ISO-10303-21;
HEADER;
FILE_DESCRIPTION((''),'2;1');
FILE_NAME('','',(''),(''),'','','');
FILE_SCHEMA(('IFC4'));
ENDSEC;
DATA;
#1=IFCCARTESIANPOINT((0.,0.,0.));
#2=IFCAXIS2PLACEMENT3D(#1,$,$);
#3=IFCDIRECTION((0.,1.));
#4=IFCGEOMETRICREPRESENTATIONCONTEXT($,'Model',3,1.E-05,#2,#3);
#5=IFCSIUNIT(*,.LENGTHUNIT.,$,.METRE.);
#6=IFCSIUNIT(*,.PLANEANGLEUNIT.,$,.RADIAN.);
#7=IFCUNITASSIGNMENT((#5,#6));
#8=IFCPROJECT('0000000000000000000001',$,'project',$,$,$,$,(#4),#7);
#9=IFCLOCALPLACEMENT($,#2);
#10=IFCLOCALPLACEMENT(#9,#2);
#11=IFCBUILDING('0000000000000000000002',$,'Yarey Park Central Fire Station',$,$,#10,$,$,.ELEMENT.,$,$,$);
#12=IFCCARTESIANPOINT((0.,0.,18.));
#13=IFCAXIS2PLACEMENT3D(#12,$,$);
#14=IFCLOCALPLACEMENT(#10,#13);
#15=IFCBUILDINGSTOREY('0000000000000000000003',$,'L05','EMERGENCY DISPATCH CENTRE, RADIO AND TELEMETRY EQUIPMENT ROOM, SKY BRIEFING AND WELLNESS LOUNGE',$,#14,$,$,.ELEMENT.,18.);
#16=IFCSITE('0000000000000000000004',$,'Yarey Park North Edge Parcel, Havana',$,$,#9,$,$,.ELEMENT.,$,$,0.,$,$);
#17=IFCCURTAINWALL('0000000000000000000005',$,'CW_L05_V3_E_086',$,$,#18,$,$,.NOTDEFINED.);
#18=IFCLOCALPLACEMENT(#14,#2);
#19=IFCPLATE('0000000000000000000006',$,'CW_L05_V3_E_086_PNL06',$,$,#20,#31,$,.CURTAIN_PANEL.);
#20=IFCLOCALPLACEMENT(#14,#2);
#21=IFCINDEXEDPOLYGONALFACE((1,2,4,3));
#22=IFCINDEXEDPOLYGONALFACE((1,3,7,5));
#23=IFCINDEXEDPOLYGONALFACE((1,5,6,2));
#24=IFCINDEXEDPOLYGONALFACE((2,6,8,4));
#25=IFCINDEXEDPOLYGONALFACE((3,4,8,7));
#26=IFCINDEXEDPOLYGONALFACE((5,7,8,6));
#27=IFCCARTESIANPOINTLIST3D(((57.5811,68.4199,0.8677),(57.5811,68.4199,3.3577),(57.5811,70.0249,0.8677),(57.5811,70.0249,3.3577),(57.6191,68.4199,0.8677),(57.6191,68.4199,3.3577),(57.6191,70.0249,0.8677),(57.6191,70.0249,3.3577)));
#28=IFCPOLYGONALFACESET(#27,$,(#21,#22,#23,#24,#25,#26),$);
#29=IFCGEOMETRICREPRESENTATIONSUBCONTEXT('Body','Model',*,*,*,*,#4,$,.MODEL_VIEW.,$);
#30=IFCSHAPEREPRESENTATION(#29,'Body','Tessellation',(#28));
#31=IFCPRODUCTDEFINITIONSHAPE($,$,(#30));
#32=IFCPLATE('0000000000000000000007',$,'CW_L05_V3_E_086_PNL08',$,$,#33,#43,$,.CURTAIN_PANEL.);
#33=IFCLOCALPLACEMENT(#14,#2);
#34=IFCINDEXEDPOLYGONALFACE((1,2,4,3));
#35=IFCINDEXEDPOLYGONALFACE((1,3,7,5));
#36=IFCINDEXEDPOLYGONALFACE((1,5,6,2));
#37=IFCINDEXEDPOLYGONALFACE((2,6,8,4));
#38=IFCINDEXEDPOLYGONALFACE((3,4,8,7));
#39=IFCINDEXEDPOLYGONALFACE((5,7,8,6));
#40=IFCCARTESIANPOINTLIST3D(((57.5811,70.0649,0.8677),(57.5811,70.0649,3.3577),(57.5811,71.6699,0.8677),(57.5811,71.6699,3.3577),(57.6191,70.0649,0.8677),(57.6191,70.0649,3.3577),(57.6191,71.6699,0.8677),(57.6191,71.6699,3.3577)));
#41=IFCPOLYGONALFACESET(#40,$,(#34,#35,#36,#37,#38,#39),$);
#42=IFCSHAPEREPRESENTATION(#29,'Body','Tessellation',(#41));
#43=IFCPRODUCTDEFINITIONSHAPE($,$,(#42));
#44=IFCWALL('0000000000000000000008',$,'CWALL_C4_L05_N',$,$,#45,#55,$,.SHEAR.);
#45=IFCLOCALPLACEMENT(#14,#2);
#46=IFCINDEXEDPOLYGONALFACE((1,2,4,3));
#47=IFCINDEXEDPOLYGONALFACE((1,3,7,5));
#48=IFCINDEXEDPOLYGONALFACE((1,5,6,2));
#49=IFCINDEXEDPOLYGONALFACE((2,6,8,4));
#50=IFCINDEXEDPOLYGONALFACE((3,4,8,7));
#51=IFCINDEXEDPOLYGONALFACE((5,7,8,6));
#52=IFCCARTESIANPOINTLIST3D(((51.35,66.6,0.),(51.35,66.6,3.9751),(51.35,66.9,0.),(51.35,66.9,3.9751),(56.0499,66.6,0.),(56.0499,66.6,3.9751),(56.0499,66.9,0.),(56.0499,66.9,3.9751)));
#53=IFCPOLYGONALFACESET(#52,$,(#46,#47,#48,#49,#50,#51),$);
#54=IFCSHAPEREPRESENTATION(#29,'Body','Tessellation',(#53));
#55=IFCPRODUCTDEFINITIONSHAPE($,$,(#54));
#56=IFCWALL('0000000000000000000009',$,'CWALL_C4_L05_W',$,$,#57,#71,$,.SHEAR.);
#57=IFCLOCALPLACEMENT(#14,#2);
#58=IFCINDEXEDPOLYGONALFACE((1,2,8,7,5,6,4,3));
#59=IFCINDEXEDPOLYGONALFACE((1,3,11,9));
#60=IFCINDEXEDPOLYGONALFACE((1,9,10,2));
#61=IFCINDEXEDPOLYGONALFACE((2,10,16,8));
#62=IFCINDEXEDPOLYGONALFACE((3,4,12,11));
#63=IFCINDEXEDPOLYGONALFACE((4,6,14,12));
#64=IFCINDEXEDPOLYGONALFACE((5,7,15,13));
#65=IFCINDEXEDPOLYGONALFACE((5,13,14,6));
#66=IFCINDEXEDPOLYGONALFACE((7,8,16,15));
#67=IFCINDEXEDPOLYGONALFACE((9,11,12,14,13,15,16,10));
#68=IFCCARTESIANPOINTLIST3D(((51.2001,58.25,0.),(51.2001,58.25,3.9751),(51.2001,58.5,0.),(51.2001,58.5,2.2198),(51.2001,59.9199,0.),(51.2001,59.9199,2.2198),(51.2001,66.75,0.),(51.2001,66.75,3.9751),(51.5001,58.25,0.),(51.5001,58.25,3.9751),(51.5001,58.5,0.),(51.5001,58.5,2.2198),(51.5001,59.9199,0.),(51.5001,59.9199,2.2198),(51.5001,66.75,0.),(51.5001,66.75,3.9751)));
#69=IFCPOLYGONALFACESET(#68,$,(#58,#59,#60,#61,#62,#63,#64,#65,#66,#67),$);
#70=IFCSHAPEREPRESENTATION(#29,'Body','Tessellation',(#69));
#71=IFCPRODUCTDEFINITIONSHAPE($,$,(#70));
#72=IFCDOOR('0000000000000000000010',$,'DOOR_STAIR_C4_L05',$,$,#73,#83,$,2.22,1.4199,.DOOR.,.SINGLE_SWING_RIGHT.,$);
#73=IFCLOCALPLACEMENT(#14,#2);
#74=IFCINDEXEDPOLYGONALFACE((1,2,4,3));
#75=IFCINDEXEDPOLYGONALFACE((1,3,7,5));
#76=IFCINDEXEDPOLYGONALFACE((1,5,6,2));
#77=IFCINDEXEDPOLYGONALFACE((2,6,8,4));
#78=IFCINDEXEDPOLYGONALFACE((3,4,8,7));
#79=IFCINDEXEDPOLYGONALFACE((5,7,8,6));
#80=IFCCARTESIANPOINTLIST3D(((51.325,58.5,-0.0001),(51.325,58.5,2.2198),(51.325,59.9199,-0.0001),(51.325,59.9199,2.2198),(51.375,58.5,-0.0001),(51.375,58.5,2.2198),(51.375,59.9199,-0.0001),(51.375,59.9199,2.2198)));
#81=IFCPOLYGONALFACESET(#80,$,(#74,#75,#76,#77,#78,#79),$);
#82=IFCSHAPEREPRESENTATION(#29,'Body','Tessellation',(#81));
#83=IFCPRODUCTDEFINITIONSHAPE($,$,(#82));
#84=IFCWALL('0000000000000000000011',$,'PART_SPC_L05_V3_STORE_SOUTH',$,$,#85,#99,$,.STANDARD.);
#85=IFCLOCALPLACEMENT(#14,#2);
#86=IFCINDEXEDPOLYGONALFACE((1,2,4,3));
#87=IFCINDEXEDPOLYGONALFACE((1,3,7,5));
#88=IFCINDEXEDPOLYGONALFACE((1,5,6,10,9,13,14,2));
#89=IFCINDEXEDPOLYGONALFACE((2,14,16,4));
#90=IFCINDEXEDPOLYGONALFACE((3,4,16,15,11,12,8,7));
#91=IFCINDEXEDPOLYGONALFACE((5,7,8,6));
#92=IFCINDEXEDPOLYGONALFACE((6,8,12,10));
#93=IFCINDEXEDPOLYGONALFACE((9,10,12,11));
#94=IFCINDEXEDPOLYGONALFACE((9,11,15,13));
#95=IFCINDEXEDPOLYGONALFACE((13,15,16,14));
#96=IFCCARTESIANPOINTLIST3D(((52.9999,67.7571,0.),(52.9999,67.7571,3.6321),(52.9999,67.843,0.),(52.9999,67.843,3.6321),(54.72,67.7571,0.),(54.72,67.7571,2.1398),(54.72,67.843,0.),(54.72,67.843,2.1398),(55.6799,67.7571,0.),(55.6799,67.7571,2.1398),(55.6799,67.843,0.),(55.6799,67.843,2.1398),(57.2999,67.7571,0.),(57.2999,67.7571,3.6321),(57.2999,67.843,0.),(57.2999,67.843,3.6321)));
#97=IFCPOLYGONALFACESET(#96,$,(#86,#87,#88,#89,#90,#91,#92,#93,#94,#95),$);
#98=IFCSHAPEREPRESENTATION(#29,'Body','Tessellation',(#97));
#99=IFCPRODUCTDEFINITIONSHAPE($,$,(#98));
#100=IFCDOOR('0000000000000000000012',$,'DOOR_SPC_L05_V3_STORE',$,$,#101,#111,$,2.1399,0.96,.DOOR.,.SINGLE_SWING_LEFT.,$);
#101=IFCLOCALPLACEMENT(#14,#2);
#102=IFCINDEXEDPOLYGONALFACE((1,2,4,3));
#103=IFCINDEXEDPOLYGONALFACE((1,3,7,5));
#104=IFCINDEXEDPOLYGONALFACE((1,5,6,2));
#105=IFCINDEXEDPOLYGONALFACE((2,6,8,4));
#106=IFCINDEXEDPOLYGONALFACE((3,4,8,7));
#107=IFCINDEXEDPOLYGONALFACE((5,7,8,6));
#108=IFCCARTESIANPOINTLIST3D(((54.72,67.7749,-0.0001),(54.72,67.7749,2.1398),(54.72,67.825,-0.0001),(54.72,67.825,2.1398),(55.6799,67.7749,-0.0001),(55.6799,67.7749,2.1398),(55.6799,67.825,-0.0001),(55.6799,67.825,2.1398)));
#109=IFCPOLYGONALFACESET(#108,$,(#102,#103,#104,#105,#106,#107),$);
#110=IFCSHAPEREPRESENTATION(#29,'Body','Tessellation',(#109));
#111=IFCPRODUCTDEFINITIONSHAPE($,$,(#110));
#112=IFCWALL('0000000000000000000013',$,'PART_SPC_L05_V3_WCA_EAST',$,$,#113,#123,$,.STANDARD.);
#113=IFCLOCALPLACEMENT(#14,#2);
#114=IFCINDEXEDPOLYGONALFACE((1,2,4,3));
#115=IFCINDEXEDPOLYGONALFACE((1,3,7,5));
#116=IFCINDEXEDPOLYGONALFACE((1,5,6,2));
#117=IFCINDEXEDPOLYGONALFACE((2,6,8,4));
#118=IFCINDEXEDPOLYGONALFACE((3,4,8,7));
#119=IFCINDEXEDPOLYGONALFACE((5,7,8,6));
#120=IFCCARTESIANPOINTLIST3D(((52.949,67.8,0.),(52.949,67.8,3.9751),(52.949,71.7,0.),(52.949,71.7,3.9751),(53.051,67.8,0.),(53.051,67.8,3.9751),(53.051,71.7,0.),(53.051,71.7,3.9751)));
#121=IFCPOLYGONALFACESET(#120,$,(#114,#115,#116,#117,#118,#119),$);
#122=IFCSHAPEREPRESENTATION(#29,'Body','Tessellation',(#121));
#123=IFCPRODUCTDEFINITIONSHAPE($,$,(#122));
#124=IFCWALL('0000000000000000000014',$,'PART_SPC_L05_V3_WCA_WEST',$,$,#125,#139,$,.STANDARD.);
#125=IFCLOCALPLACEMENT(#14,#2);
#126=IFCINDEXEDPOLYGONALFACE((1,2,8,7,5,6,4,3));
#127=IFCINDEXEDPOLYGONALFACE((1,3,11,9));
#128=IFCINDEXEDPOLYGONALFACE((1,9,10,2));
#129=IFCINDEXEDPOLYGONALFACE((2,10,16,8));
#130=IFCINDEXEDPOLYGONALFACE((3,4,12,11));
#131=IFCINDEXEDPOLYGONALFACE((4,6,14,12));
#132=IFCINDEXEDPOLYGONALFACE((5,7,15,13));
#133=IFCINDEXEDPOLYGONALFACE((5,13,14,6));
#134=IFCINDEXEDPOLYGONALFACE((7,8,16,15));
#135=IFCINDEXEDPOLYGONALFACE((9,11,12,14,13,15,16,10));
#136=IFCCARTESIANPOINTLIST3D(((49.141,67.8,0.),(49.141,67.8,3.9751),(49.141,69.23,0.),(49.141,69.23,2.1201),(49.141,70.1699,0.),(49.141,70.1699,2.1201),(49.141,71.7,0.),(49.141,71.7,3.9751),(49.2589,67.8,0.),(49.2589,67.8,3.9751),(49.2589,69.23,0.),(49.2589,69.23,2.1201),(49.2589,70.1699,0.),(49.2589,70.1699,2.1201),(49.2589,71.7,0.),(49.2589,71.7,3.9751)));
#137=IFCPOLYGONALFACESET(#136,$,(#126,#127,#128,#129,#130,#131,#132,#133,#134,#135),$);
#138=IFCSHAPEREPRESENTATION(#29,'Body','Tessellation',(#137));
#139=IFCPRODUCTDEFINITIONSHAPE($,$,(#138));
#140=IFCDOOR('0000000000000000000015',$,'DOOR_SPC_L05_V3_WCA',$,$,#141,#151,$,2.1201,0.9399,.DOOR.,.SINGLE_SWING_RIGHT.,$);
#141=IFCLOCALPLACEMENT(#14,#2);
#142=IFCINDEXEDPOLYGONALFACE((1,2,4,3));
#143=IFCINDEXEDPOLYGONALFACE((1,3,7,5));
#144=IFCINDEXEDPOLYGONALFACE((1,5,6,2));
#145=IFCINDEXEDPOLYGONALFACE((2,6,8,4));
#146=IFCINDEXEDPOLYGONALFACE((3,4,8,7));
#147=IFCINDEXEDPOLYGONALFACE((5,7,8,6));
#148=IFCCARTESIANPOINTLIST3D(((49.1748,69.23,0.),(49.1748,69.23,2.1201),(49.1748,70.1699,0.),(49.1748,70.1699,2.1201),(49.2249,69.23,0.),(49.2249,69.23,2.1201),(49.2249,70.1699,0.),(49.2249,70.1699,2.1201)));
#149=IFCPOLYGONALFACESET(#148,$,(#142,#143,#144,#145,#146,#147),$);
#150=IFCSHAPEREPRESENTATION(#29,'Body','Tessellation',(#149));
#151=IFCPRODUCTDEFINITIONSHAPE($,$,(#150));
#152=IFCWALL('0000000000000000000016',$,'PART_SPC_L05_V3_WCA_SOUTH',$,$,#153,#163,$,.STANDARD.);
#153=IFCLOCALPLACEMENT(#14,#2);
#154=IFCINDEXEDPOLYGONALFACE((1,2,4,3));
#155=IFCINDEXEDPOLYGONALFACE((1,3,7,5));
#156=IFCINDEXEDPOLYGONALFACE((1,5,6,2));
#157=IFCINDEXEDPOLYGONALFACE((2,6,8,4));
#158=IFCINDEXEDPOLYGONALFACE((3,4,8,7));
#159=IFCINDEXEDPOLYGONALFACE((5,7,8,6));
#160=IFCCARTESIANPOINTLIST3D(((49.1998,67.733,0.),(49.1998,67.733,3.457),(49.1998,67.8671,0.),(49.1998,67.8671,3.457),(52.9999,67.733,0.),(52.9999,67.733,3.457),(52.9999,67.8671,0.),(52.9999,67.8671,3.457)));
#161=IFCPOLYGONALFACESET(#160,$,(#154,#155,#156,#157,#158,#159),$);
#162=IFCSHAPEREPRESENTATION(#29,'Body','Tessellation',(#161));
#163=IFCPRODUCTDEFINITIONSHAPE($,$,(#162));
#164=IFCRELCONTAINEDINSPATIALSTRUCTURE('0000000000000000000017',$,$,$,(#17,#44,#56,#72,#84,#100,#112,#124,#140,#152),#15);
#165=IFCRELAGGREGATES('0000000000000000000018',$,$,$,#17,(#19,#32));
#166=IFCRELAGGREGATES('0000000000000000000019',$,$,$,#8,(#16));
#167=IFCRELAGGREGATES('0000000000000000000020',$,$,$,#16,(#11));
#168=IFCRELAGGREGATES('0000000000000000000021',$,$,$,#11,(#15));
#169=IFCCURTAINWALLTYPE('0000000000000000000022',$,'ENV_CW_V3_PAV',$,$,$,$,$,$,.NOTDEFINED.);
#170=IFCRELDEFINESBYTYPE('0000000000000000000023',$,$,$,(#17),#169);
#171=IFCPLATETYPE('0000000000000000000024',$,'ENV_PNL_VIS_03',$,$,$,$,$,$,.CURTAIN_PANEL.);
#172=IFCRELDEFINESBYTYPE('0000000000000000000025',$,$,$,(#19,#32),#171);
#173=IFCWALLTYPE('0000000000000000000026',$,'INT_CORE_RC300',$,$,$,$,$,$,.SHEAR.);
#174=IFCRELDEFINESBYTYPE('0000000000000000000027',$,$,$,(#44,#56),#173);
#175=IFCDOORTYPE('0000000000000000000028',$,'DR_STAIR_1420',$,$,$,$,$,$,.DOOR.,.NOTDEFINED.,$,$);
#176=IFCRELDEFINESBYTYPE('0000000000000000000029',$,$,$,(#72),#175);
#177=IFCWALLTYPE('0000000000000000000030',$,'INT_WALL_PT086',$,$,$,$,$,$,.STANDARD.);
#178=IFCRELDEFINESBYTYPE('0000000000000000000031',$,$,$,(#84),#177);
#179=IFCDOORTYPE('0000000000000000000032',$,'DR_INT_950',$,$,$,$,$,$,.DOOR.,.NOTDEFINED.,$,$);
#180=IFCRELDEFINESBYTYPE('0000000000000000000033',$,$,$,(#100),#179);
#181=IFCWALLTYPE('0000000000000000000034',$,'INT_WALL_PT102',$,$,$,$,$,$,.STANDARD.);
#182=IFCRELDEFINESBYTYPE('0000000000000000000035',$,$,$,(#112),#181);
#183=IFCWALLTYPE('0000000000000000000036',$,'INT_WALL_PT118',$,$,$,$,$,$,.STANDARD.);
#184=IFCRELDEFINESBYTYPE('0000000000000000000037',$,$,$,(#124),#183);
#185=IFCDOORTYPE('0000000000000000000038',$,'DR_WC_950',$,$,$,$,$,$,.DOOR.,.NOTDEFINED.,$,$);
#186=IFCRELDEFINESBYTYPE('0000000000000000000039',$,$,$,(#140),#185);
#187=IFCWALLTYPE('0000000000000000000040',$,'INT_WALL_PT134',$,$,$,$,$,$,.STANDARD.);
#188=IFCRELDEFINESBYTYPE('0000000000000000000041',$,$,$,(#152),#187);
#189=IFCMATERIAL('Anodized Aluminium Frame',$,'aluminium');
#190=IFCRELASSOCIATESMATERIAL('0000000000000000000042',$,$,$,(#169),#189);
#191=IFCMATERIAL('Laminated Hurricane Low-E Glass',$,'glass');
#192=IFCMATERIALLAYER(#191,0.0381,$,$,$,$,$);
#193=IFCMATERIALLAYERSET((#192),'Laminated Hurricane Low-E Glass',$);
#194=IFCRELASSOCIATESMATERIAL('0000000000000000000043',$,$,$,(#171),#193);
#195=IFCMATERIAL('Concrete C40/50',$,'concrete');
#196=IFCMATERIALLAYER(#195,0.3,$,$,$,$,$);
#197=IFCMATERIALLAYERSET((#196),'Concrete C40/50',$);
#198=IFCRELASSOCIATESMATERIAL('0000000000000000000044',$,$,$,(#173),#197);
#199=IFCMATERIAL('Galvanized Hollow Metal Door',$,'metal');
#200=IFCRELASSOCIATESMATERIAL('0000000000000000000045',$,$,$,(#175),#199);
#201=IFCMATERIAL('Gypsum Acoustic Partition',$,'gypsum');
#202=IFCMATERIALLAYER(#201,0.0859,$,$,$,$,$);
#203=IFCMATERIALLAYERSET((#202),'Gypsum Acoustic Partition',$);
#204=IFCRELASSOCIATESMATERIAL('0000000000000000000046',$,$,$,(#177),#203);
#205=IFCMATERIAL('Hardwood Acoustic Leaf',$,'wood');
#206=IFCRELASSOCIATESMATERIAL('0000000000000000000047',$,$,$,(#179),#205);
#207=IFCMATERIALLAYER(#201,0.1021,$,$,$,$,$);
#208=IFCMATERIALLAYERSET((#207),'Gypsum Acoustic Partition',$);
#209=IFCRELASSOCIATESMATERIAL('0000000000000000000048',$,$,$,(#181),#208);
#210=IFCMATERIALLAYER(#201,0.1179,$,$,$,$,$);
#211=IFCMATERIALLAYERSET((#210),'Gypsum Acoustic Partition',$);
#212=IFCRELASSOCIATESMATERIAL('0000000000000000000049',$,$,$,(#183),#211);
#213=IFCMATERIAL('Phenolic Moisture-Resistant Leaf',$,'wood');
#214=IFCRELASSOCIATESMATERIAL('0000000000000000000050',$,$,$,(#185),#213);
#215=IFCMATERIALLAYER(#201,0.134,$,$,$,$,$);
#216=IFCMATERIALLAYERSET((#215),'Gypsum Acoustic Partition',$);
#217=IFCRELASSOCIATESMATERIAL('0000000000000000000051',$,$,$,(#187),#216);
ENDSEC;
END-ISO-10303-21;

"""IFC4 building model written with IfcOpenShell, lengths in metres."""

from ifc_helpers import new_model, si_unit, direction, frame, frame_2d, origin, origin_2d, place, context, subcontext, project, spatial, rectangle, extrude, material, layer, layer_set, type_object, element, fill, aggregate, save


model = new_model("IFC4")

# Units and contexts
model_context = context("Model", 3, precision=1e-05, world=origin(), true_north=direction((0.0, 1.0)))
body_context = subcontext(model_context, "Body", "Model", "MODEL_VIEW")
ifc_project = project(units=[si_unit("LENGTHUNIT", "METRE"), si_unit("PLANEANGLEUNIT", "RADIAN")], contexts=[model_context])

# Site, building, storey
site_placement = place(None, origin())
site = spatial("IfcSite", under=ifc_project, at=site_placement, Name="Yarey Park North Edge Parcel, Havana", CompositionType="ELEMENT", RefElevation=0.0)
building_placement = place(site_placement, origin())
building = spatial("IfcBuilding", under=site, at=building_placement, Name="Yarey Park Central Fire Station", CompositionType="ELEMENT")
storey_placement = place(building_placement, frame((0.0, 0.0, 18.0)))
storey = spatial("IfcBuildingStorey", under=building, at=storey_placement, Name="L05", Description="EMERGENCY DISPATCH CENTRE, RADIO AND TELEMETRY EQUIPMENT ROOM, SKY BRIEFING AND WELLNESS LOUNGE", CompositionType="ELEMENT", Elevation=18.0)

# Curtain wall, plates
ifc_material_1 = material(Name="Anodized Aluminium Frame", Category="aluminium")
curtain_wall_type = type_object("IfcCurtainWallType", Name="ENV_CW_V3_PAV", PredefinedType="NOTDEFINED", material=ifc_material_1)
curtain_wall_placement = place(storey_placement, origin())
curtain_wall = element("IfcCurtainWall", 1, at=curtain_wall_placement, inside=storey, type_object=curtain_wall_type, Name="CW_L05_V3_E_086", PredefinedType="NOTDEFINED")
ifc_material_2 = material(Name="Laminated Hurricane Low-E Glass", Category="glass")
ifc_layer_1 = layer(ifc_material_2, 0.0381)
ifc_layer_set_1 = layer_set([ifc_layer_1], Name="Laminated Hurricane Low-E Glass")
plate_type_1 = type_object("IfcPlateType", Name="ENV_PNL_VIS_03", PredefinedType="CURTAIN_PANEL", material=ifc_layer_set_1)
plate_1_placement = place(storey_placement, frame((57.6001, 69.2224, 0.8677), z_axis=(0.0, 0.0, 1.0), x_axis=(0.0, 1.0, 0.0)))
plate_1 = element("IfcPlate", 2, at=plate_1_placement, type_object=plate_type_1, Name="CW_L05_V3_E_086_PNL06", PredefinedType="CURTAIN_PANEL", context=body_context, shape_type="SweptSolid", body=[
    extrude(rectangle(XDim=1.605, YDim=0.0381, at=origin_2d()), origin(), (0.0, 0.0, 1.0), 2.49),
])
plate_2_placement = place(storey_placement, frame((57.6001, 70.8674, 0.8677), z_axis=(0.0, 0.0, 1.0), x_axis=(0.0, 1.0, 0.0)))
plate_2 = element("IfcPlate", 3, at=plate_2_placement, type_object=plate_type_1, Name="CW_L05_V3_E_086_PNL08", PredefinedType="CURTAIN_PANEL", context=body_context, shape_type="SweptSolid", body=[
    extrude(rectangle(XDim=1.605, YDim=0.0381, at=origin_2d()), origin(), (0.0, 0.0, 1.0), 2.49),
])
aggregate(curtain_wall, [plate_1, plate_2])

# Wall
ifc_material_3 = material(Name="Concrete C40/50", Category="concrete")
ifc_layer_2 = layer(ifc_material_3, 0.3)
ifc_layer_set_2 = layer_set([ifc_layer_2], Name="Concrete C40/50")
wall_type_1 = type_object("IfcWallType", Name="INT_CORE_RC300", PredefinedType="SHEAR", material=ifc_layer_set_2)
wall_1_placement = place(storey_placement, frame((56.05, 66.75, 0.0), z_axis=(0.0, 0.0, 1.0), x_axis=(-1.0, 0.0, 0.0)))
element("IfcWall", 4, at=wall_1_placement, inside=storey, type_object=wall_type_1, Name="CWALL_C4_L05_N", PredefinedType="SHEAR", context=body_context, shape_type="SweptSolid", body=[
    extrude(rectangle(XDim=4.7, YDim=0.3, at=frame_2d((2.3501, 0.0))), origin(), (0.0, 0.0, 1.0), 3.9751),
])

# Walls, openings, doors
wall_2_placement = place(storey_placement, frame((51.3501, 66.75, 0.0), z_axis=(0.0, 0.0, 1.0), x_axis=(0.0, -1.0, 0.0)))
wall_2 = element("IfcWall", 5, at=wall_2_placement, inside=storey, type_object=wall_type_1, Name="CWALL_C4_L05_W", PredefinedType="SHEAR", context=body_context, shape_type="SweptSolid", body=[
    extrude(rectangle(XDim=8.5, YDim=0.3, at=frame_2d((4.25, 0.0))), origin(), (0.0, 0.0, 1.0), 3.9751),
])
opening_1_placement = place(wall_2_placement, frame((6.8301, 0.0, 0.0)))
opening_1 = element("IfcOpeningElement", 6, at=opening_1_placement, cuts=wall_2, PredefinedType="OPENING", context=body_context, shape_type="SweptSolid", body=[
    extrude(rectangle(XDim=1.4199, YDim=2.22, at=frame_2d((0.71, 1.1099))), frame((0.0, 0.1599, 0.0), z_axis=(0.0, -1.0, 0.0), x_axis=(1.0, 0.0, 0.0)), (0.0, 0.0, 1.0), 0.3201),
])
ifc_material_4 = material(Name="Galvanized Hollow Metal Door", Category="metal")
door_type_1 = type_object("IfcDoorType", Name="DR_STAIR_1420", OperationType="NOTDEFINED", PredefinedType="DOOR", material=ifc_material_4)
door_1_placement = place(opening_1_placement, origin())
door_1 = element("IfcDoor", 7, at=door_1_placement, inside=storey, type_object=door_type_1, Name="DOOR_STAIR_C4_L05", OperationType="SINGLE_SWING_RIGHT", OverallHeight=2.22, OverallWidth=1.4199, PredefinedType="DOOR", context=body_context, shape_type="SweptSolid", body=[
    extrude(rectangle(XDim=1.4199, YDim=2.22, at=frame_2d((0.71, 1.1099))), frame((0.0, 0.0249, 0.0), z_axis=(0.0, -1.0, 0.0), x_axis=(1.0, 0.0, 0.0)), (0.0, 0.0, 1.0), 0.05),
])
fill(opening_1, door_1)
ifc_material_5 = material(Name="Gypsum Acoustic Partition", Category="gypsum")
ifc_layer_3 = layer(ifc_material_5, 0.0859)
ifc_layer_set_3 = layer_set([ifc_layer_3], Name="Gypsum Acoustic Partition")
wall_type_2 = type_object("IfcWallType", Name="INT_WALL_PT086", PredefinedType="STANDARD", material=ifc_layer_set_3)
wall_3_placement = place(storey_placement, frame((53.0, 67.8, 0.0), z_axis=(0.0, 0.0, 1.0), x_axis=(1.0, 0.0, 0.0)))
wall_3 = element("IfcWall", 8, at=wall_3_placement, inside=storey, type_object=wall_type_2, Name="PART_SPC_L05_V3_STORE_SOUTH", PredefinedType="STANDARD", context=body_context, shape_type="SweptSolid", body=[
    extrude(rectangle(XDim=4.3, YDim=0.0859, at=frame_2d((2.1499, 0.0))), origin(), (0.0, 0.0, 1.0), 3.6321),
])
opening_2_placement = place(wall_3_placement, frame((1.72, 0.0, 0.0)))
opening_2 = element("IfcOpeningElement", 9, at=opening_2_placement, cuts=wall_3, PredefinedType="OPENING", context=body_context, shape_type="SweptSolid", body=[
    extrude(rectangle(XDim=0.96, YDim=2.1399, at=frame_2d((0.48, 1.0698))), frame((0.0, 0.053, 0.0), z_axis=(0.0, -1.0, 0.0), x_axis=(1.0, 0.0, 0.0)), (0.0, 0.0, 1.0), 0.106),
])
ifc_material_6 = material(Name="Hardwood Acoustic Leaf", Category="wood")
door_type_2 = type_object("IfcDoorType", Name="DR_INT_950", OperationType="NOTDEFINED", PredefinedType="DOOR", material=ifc_material_6)
door_2_placement = place(opening_2_placement, origin())
door_2 = element("IfcDoor", 10, at=door_2_placement, inside=storey, type_object=door_type_2, Name="DOOR_SPC_L05_V3_STORE", OperationType="SINGLE_SWING_LEFT", OverallHeight=2.1399, OverallWidth=0.96, PredefinedType="DOOR", context=body_context, shape_type="SweptSolid", body=[
    extrude(rectangle(XDim=0.96, YDim=2.1399, at=frame_2d((0.48, 1.0698))), frame((0.0, 0.0249, 0.0), z_axis=(0.0, -1.0, 0.0), x_axis=(1.0, 0.0, 0.0)), (0.0, 0.0, 1.0), 0.05),
])
fill(opening_2, door_2)

# Wall
ifc_layer_4 = layer(ifc_material_5, 0.1021)
ifc_layer_set_4 = layer_set([ifc_layer_4], Name="Gypsum Acoustic Partition")
wall_type_3 = type_object("IfcWallType", Name="INT_WALL_PT102", PredefinedType="STANDARD", material=ifc_layer_set_4)
wall_4_placement = place(storey_placement, frame((53.0, 67.8, 0.0), z_axis=(0.0, 0.0, 1.0), x_axis=(0.0, 1.0, 0.0)))
element("IfcWall", 11, at=wall_4_placement, inside=storey, type_object=wall_type_3, Name="PART_SPC_L05_V3_WCA_EAST", PredefinedType="STANDARD", context=body_context, shape_type="SweptSolid", body=[
    extrude(rectangle(XDim=3.8999, YDim=0.1021, at=frame_2d((1.95, 0.0))), origin(), (0.0, 0.0, 1.0), 3.9751),
])

# Wall, opening, door
ifc_layer_5 = layer(ifc_material_5, 0.1179)
ifc_layer_set_5 = layer_set([ifc_layer_5], Name="Gypsum Acoustic Partition")
wall_type_4 = type_object("IfcWallType", Name="INT_WALL_PT118", PredefinedType="STANDARD", material=ifc_layer_set_5)
wall_5_placement = place(storey_placement, frame((49.2, 71.7, 0.0), z_axis=(0.0, 0.0, 1.0), x_axis=(0.0, -1.0, 0.0)))
wall_5 = element("IfcWall", 12, at=wall_5_placement, inside=storey, type_object=wall_type_4, Name="PART_SPC_L05_V3_WCA_WEST", PredefinedType="STANDARD", context=body_context, shape_type="SweptSolid", body=[
    extrude(rectangle(XDim=3.8999, YDim=0.1179, at=frame_2d((1.95, 0.0))), origin(), (0.0, 0.0, 1.0), 3.9751),
])
opening_3_placement = place(wall_5_placement, frame((1.53, 0.0, 0.0)))
opening_3 = element("IfcOpeningElement", 13, at=opening_3_placement, cuts=wall_5, PredefinedType="OPENING", context=body_context, shape_type="SweptSolid", body=[
    extrude(rectangle(XDim=0.9399, YDim=2.1201, at=frame_2d((0.47, 1.0601))), frame((0.0, 0.0688, 0.0), z_axis=(0.0, -1.0, 0.0), x_axis=(1.0, 0.0, 0.0)), (0.0, 0.0, 1.0), 0.1379),
])
ifc_material_7 = material(Name="Phenolic Moisture-Resistant Leaf", Category="wood")
door_type_3 = type_object("IfcDoorType", Name="DR_WC_950", OperationType="NOTDEFINED", PredefinedType="DOOR", material=ifc_material_7)
door_3_placement = place(opening_3_placement, origin())
door_3 = element("IfcDoor", 14, at=door_3_placement, inside=storey, type_object=door_type_3, Name="DOOR_SPC_L05_V3_WCA", OperationType="SINGLE_SWING_RIGHT", OverallHeight=2.1201, OverallWidth=0.9399, PredefinedType="DOOR", context=body_context, shape_type="SweptSolid", body=[
    extrude(rectangle(XDim=0.9399, YDim=2.1201, at=frame_2d((0.47, 1.0601))), frame((0.0, 0.0249, 0.0), z_axis=(0.0, -1.0, 0.0), x_axis=(1.0, 0.0, 0.0)), (0.0, 0.0, 1.0), 0.05),
])
fill(opening_3, door_3)

# Wall
ifc_layer_6 = layer(ifc_material_5, 0.134)
ifc_layer_set_6 = layer_set([ifc_layer_6], Name="Gypsum Acoustic Partition")
wall_type_5 = type_object("IfcWallType", Name="INT_WALL_PT134", PredefinedType="STANDARD", material=ifc_layer_set_6)
wall_6_placement = place(storey_placement, frame((49.2, 67.8, 0.0), z_axis=(0.0, 0.0, 1.0), x_axis=(1.0, 0.0, 0.0)))
element("IfcWall", 15, at=wall_6_placement, inside=storey, type_object=wall_type_5, Name="PART_SPC_L05_V3_WCA_SOUTH", PredefinedType="STANDARD", context=body_context, shape_type="SweptSolid", body=[
    extrude(rectangle(XDim=3.8, YDim=0.134, at=frame_2d((1.8999, 0.0))), origin(), (0.0, 0.0, 1.0), 3.457),
])

save(model, "model.ifc")
